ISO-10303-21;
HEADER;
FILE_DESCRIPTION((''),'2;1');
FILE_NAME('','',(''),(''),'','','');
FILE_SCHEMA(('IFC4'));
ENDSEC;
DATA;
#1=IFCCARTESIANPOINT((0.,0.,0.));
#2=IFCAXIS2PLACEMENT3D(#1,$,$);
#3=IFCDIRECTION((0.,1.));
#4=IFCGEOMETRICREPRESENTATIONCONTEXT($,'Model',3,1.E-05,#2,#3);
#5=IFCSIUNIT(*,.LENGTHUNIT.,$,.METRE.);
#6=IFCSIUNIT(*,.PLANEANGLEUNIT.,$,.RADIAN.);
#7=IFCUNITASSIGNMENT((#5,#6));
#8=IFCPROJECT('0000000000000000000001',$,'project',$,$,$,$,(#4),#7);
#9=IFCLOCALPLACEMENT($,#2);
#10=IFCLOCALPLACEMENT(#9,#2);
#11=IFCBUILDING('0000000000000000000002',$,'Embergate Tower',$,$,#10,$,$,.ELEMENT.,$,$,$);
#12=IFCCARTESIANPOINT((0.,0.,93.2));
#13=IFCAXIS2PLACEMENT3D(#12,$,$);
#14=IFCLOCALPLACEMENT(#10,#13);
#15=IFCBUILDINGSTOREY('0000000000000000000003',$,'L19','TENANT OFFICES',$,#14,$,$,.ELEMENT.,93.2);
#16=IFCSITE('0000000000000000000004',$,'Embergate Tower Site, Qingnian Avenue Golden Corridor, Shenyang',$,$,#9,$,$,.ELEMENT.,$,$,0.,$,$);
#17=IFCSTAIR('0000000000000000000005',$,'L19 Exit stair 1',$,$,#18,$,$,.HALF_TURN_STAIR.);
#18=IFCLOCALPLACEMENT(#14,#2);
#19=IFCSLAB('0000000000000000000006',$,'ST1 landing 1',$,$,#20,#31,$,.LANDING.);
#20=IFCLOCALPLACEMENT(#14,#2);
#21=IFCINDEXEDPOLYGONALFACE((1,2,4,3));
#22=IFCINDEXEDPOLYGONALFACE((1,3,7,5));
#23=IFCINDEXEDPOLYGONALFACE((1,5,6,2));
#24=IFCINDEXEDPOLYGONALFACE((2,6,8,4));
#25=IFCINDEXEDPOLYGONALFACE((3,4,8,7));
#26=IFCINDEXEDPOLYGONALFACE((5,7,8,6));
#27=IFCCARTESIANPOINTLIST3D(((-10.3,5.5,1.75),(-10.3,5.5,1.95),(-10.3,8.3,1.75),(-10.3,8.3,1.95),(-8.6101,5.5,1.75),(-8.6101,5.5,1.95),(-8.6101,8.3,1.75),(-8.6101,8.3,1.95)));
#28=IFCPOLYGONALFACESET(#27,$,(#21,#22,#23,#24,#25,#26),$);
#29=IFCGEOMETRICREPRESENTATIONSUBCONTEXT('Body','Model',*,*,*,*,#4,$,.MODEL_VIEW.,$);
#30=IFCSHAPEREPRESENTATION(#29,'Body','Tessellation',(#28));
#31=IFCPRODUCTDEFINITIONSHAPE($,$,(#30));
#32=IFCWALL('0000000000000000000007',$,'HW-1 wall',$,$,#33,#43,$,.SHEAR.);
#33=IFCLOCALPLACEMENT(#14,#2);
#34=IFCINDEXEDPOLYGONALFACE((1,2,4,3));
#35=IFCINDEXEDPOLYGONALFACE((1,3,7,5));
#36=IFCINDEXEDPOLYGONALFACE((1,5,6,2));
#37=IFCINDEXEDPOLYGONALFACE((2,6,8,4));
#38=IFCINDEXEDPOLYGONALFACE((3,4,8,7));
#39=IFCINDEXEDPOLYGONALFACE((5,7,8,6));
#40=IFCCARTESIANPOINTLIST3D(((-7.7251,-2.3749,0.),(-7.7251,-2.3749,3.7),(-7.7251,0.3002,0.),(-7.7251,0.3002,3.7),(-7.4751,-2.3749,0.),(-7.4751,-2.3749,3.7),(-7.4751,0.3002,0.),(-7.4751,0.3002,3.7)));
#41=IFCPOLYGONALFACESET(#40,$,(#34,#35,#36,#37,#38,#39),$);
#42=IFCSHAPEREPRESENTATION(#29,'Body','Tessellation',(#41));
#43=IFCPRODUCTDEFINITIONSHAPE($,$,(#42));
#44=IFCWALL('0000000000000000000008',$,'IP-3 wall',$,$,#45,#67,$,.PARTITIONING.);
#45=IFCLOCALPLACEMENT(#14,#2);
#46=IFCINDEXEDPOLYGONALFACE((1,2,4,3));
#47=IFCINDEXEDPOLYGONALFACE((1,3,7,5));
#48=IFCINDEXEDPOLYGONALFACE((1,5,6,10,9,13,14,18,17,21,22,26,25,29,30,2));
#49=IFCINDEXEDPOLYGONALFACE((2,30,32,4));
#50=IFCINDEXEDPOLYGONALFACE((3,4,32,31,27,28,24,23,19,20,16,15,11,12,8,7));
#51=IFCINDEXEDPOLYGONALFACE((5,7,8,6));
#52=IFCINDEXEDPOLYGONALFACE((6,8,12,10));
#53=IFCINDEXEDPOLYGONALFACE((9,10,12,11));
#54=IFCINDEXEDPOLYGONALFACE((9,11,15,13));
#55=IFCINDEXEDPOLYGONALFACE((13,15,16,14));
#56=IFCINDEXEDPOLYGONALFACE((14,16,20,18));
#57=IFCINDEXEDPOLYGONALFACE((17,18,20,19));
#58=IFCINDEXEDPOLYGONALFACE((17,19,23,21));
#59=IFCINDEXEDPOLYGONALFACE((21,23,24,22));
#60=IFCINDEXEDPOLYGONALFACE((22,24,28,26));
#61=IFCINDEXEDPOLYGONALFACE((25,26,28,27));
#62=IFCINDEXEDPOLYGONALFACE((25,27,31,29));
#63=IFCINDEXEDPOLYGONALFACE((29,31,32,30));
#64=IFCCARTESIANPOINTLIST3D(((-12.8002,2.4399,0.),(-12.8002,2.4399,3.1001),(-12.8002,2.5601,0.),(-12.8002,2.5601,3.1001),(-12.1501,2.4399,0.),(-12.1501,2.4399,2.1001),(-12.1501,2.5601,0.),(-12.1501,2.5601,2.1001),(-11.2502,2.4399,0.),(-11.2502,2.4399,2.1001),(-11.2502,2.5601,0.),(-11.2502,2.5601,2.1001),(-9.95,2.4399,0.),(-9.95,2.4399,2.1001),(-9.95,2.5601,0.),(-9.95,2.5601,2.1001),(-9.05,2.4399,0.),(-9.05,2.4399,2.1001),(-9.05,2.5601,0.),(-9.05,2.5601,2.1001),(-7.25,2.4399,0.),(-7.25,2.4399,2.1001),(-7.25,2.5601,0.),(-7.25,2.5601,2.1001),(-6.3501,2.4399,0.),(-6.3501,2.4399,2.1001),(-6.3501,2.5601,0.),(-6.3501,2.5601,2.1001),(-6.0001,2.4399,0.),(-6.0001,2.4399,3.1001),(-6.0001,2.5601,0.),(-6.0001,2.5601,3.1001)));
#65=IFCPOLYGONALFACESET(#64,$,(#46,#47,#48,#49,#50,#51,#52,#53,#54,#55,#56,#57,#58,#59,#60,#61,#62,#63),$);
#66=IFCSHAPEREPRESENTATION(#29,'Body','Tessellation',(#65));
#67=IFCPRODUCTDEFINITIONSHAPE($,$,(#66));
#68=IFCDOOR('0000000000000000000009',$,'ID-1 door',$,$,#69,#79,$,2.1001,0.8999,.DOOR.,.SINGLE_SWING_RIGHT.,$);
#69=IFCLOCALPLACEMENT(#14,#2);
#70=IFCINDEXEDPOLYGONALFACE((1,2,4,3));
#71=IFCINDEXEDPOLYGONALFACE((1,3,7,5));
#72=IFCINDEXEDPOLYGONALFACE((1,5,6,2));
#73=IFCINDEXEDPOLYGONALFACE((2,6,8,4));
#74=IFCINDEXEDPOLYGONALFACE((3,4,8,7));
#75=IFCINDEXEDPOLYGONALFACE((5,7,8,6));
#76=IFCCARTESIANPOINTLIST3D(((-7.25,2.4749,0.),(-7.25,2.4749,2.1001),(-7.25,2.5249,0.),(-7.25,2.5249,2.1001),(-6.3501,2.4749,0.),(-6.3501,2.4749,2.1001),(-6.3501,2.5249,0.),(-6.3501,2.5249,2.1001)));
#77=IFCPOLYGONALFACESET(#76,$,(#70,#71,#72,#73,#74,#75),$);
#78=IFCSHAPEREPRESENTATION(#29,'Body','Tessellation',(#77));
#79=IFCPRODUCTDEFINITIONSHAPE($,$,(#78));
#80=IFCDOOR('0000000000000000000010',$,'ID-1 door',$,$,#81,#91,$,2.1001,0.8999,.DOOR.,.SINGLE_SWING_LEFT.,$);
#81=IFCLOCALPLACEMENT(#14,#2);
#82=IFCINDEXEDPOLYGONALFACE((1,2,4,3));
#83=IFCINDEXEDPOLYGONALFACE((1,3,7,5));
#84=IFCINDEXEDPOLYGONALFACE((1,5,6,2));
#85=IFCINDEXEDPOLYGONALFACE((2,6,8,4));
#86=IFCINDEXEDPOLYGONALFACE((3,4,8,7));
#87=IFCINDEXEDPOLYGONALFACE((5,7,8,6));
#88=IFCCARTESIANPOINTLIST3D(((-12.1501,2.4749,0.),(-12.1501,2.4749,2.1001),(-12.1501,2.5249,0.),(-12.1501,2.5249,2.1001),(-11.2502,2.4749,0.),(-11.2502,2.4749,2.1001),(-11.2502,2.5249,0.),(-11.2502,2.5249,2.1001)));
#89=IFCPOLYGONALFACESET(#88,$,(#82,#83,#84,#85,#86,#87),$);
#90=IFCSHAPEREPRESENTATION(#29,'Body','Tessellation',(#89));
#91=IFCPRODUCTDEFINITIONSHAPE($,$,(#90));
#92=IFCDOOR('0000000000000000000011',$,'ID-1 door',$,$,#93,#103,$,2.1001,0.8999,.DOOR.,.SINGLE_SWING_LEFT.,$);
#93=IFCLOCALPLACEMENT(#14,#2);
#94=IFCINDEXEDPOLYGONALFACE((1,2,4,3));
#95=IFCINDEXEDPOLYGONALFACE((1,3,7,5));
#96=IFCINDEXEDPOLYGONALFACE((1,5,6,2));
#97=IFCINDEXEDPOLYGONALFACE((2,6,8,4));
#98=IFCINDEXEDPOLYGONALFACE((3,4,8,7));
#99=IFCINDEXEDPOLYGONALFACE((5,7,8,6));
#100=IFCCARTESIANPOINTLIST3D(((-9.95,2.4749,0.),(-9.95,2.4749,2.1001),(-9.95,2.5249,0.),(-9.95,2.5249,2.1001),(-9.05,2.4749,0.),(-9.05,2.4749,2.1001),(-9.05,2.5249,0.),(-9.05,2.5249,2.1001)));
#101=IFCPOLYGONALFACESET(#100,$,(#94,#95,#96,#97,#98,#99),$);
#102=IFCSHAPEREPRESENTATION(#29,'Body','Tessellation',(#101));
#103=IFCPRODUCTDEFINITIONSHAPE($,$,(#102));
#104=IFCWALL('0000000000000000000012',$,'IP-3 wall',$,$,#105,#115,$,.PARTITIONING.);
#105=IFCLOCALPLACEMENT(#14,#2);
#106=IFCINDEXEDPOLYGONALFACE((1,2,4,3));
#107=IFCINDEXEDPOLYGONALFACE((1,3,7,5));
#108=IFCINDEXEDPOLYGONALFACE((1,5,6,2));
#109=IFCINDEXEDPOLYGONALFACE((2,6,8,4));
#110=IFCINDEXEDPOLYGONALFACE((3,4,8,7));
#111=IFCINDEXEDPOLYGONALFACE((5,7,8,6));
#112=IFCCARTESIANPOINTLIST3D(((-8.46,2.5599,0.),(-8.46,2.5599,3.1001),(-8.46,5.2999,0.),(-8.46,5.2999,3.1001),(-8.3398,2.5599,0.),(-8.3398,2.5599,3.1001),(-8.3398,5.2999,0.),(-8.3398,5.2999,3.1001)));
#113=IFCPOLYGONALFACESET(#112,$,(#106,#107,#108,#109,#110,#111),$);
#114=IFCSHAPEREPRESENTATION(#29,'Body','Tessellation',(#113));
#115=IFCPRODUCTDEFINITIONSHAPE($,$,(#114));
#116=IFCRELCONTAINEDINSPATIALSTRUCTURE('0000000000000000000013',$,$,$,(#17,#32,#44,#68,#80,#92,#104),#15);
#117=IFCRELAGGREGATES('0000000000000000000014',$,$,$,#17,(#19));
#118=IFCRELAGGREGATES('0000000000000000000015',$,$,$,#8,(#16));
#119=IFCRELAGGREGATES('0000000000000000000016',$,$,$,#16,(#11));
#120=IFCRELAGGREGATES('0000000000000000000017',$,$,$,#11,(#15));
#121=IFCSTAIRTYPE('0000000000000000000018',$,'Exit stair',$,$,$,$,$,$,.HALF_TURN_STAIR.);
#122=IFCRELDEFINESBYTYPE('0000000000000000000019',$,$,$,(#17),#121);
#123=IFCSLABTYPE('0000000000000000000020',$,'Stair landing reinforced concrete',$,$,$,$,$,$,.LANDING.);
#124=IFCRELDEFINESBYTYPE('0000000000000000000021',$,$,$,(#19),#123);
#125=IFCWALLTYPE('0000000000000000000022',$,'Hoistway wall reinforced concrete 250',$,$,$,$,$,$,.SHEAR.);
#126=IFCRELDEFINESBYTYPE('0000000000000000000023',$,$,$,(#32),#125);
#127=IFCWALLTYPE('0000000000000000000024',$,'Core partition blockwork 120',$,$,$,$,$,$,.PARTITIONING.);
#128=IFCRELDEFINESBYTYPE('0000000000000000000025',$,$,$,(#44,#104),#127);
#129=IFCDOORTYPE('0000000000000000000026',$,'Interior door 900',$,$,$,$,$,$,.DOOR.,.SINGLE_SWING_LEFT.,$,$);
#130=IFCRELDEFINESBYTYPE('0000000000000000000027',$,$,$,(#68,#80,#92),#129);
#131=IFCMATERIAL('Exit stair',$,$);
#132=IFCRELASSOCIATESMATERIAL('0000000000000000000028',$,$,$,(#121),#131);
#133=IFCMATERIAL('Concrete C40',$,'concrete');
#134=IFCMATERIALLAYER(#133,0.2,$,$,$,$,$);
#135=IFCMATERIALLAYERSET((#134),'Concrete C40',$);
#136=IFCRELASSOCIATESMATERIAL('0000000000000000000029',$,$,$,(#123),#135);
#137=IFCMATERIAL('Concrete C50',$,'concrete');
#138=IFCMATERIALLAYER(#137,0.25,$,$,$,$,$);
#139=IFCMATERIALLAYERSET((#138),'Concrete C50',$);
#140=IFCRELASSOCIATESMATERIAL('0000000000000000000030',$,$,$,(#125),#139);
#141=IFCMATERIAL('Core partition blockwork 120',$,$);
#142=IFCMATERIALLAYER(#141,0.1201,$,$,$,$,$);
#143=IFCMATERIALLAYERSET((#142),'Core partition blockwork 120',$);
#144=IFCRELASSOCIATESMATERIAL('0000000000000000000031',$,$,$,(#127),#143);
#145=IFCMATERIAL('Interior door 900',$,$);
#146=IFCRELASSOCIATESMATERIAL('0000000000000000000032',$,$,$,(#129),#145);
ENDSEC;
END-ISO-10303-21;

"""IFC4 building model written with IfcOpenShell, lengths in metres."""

from ifc_helpers import new_model, si_unit, direction, frame, frame_2d, origin, place, context, subcontext, project, spatial, polyline, rectangle, outline, extrude, source, transform, mapped, material, layer, layer_set, type_object, element, fill, aggregate, save


model = new_model("IFC4")

# Units and contexts
model_context = context("Model", 3, precision=1e-05, world=origin(), true_north=direction((0.0, 1.0)))
body_context = subcontext(model_context, "Body", "Model", "MODEL_VIEW")
ifc_project = project(units=[si_unit("LENGTHUNIT", "METRE"), si_unit("PLANEANGLEUNIT", "RADIAN")], contexts=[model_context])

# Site, building, storey
site_placement = place(None, origin())
site = spatial("IfcSite", under=ifc_project, at=site_placement, Name="Embergate Tower Site, Qingnian Avenue Golden Corridor, Shenyang", CompositionType="ELEMENT", RefElevation=0.0)
building_placement = place(site_placement, origin())
building = spatial("IfcBuilding", under=site, at=building_placement, Name="Embergate Tower", CompositionType="ELEMENT")
storey_placement = place(building_placement, frame((0.0, 0.0, 93.2)))
storey = spatial("IfcBuildingStorey", under=building, at=storey_placement, Name="L19", Description="TENANT OFFICES", CompositionType="ELEMENT", Elevation=93.2)

# Stair, slab
ifc_material_1 = material(Name="Exit stair")
stair_type = type_object("IfcStairType", Name="Exit stair", PredefinedType="HALF_TURN_STAIR", material=ifc_material_1)
stair_placement = place(storey_placement, origin())
stair = element("IfcStair", 1, at=stair_placement, inside=storey, type_object=stair_type, Name="L19 Exit stair 1", PredefinedType="HALF_TURN_STAIR")
ifc_material_2 = material(Name="Concrete C40", Category="concrete")
ifc_layer_1 = layer(ifc_material_2, 0.2)
ifc_layer_set_1 = layer_set([ifc_layer_1], Name="Concrete C40")
slab_type = type_object("IfcSlabType", Name="Stair landing reinforced concrete", PredefinedType="LANDING", material=ifc_layer_set_1)
shared_shape_1 = source(origin(), body_context, "Body", "SweptSolid", [
    extrude(outline(polyline([(0.0, 0.0), (1.6899, 0.0), (1.6899, 2.8), (0.0, 2.8), (0.0, 0.0)])), origin(), (0.0, 0.0, 1.0), 0.2),
])
slab_placement = place(storey_placement, frame((-10.3, 5.5, 1.75)))
slab = element("IfcSlab", 2, at=slab_placement, type_object=slab_type, Name="ST1 landing 1", PredefinedType="LANDING", context=body_context, shape_type="MappedRepresentation", body=[
    mapped(shared_shape_1, transform((0.0, 0.0, 0.0))),
])

# Wall
ifc_material_3 = material(Name="Concrete C50", Category="concrete")
ifc_layer_2 = layer(ifc_material_3, 0.25)
ifc_layer_set_2 = layer_set([ifc_layer_2], Name="Concrete C50")
wall_type_1 = type_object("IfcWallType", Name="Hoistway wall reinforced concrete 250", PredefinedType="SHEAR", material=ifc_layer_set_2)
shared_shape_2 = source(origin(), body_context, "Body", "SweptSolid", [
    extrude(rectangle(XDim=2.675, YDim=0.25, at=frame_2d((1.3374, 0.0))), origin(), (0.0, 0.0, 1.0), 3.7),
])
wall_1_placement = place(storey_placement, frame((-7.6001, 0.3, 0.0), z_axis=(0.0, 0.0, 1.0), x_axis=(0.0, -1.0, 0.0)))
element("IfcWall", 3, at=wall_1_placement, inside=storey, type_object=wall_type_1, Name="HW-1 wall", PredefinedType="SHEAR", context=body_context, shape_type="MappedRepresentation", body=[
    mapped(shared_shape_2, transform((0.0, 0.0, 0.0))),
])

# Wall, openings, doors
ifc_material_4 = material(Name="Core partition blockwork 120")
ifc_layer_3 = layer(ifc_material_4, 0.1201)
ifc_layer_set_3 = layer_set([ifc_layer_3], Name="Core partition blockwork 120")
wall_type_2 = type_object("IfcWallType", Name="Core partition blockwork 120", PredefinedType="PARTITIONING", material=ifc_layer_set_3)
shared_shape_3 = source(origin(), body_context, "Body", "SweptSolid", [
    extrude(rectangle(XDim=6.8, YDim=0.1201, at=frame_2d((3.3999, 0.0))), origin(), (0.0, 0.0, 1.0), 3.1001),
])
wall_2_placement = place(storey_placement, frame((-12.8, 2.5, 0.0), z_axis=(0.0, 0.0, 1.0), x_axis=(1.0, 0.0, 0.0)))
wall_2 = element("IfcWall", 4, at=wall_2_placement, inside=storey, type_object=wall_type_2, Name="IP-3 wall", PredefinedType="PARTITIONING", context=body_context, shape_type="MappedRepresentation", body=[
    mapped(shared_shape_3, transform((0.0, 0.0, 0.0))),
])
shared_shape_4 = source(origin(), body_context, "Body", "SweptSolid", [
    extrude(rectangle(XDim=0.8999, YDim=2.1001, at=frame_2d((0.45, 1.05))), frame((0.0, 0.0701, 0.0), z_axis=(0.0, -1.0, 0.0), x_axis=(1.0, 0.0, 0.0)), (0.0, 0.0, 1.0), 0.1401),
])
opening_1_placement = place(wall_2_placement, frame((5.55, 0.0, 0.0)))
opening_1 = element("IfcOpeningElement", 5, at=opening_1_placement, cuts=wall_2, PredefinedType="OPENING", context=body_context, shape_type="MappedRepresentation", body=[
    mapped(shared_shape_4, transform((0.0, 0.0, 0.0))),
])
opening_2_placement = place(wall_2_placement, frame((0.6499, 0.0, 0.0)))
opening_2 = element("IfcOpeningElement", 6, at=opening_2_placement, cuts=wall_2, PredefinedType="OPENING", context=body_context, shape_type="MappedRepresentation", body=[
    mapped(shared_shape_4, transform((0.0, 0.0, 0.0))),
])
opening_3_placement = place(wall_2_placement, frame((2.8501, 0.0, 0.0)))
opening_3 = element("IfcOpeningElement", 7, at=opening_3_placement, cuts=wall_2, PredefinedType="OPENING", context=body_context, shape_type="MappedRepresentation", body=[
    mapped(shared_shape_4, transform((0.0, 0.0, 0.0))),
])
ifc_material_5 = material(Name="Interior door 900")
door_type_1 = type_object("IfcDoorType", Name="Interior door 900", OperationType="SINGLE_SWING_LEFT", PredefinedType="DOOR", material=ifc_material_5)
shared_shape_5 = source(origin(), body_context, "Body", "SweptSolid", [
    extrude(rectangle(XDim=0.8999, YDim=2.1001, at=frame_2d((0.45, 1.05))), frame((0.0, 0.0249, 0.0), z_axis=(0.0, -1.0, 0.0), x_axis=(1.0, 0.0, 0.0)), (0.0, 0.0, 1.0), 0.05),
])
door_1_placement = place(opening_1_placement, origin())
door_1 = element("IfcDoor", 8, at=door_1_placement, inside=storey, type_object=door_type_1, Name="ID-1 door", OperationType="SINGLE_SWING_RIGHT", OverallHeight=2.1001, OverallWidth=0.8999, PredefinedType="DOOR", context=body_context, shape_type="MappedRepresentation", body=[
    mapped(shared_shape_5, transform((0.0, 0.0, 0.0))),
])
fill(opening_1, door_1)
door_2_placement = place(opening_2_placement, origin())
door_2 = element("IfcDoor", 9, at=door_2_placement, inside=storey, type_object=door_type_1, Name="ID-1 door", OperationType="SINGLE_SWING_LEFT", OverallHeight=2.1001, OverallWidth=0.8999, PredefinedType="DOOR", context=body_context, shape_type="MappedRepresentation", body=[
    mapped(shared_shape_5, transform((0.0, 0.0, 0.0))),
])
fill(opening_2, door_2)
door_3_placement = place(opening_3_placement, origin())
door_3 = element("IfcDoor", 10, at=door_3_placement, inside=storey, type_object=door_type_1, Name="ID-1 door", OperationType="SINGLE_SWING_LEFT", OverallHeight=2.1001, OverallWidth=0.8999, PredefinedType="DOOR", context=body_context, shape_type="MappedRepresentation", body=[
    mapped(shared_shape_5, transform((0.0, 0.0, 0.0))),
])
fill(opening_3, door_3)

# Wall
shared_shape_6 = source(origin(), body_context, "Body", "SweptSolid", [
    extrude(rectangle(XDim=2.74, YDim=0.1201, at=frame_2d((1.3701, 0.0))), origin(), (0.0, 0.0, 1.0), 3.1001),
])
wall_3_placement = place(storey_placement, frame((-8.3999, 5.3, 0.0), z_axis=(0.0, 0.0, 1.0), x_axis=(0.0, -1.0, 0.0)))
element("IfcWall", 11, at=wall_3_placement, inside=storey, type_object=wall_type_2, Name="IP-3 wall", PredefinedType="PARTITIONING", context=body_context, shape_type="MappedRepresentation", body=[
    mapped(shared_shape_6, transform((0.0, 0.0, 0.0))),
])

aggregate(stair, [slab])

save(model, "model.ifc")
